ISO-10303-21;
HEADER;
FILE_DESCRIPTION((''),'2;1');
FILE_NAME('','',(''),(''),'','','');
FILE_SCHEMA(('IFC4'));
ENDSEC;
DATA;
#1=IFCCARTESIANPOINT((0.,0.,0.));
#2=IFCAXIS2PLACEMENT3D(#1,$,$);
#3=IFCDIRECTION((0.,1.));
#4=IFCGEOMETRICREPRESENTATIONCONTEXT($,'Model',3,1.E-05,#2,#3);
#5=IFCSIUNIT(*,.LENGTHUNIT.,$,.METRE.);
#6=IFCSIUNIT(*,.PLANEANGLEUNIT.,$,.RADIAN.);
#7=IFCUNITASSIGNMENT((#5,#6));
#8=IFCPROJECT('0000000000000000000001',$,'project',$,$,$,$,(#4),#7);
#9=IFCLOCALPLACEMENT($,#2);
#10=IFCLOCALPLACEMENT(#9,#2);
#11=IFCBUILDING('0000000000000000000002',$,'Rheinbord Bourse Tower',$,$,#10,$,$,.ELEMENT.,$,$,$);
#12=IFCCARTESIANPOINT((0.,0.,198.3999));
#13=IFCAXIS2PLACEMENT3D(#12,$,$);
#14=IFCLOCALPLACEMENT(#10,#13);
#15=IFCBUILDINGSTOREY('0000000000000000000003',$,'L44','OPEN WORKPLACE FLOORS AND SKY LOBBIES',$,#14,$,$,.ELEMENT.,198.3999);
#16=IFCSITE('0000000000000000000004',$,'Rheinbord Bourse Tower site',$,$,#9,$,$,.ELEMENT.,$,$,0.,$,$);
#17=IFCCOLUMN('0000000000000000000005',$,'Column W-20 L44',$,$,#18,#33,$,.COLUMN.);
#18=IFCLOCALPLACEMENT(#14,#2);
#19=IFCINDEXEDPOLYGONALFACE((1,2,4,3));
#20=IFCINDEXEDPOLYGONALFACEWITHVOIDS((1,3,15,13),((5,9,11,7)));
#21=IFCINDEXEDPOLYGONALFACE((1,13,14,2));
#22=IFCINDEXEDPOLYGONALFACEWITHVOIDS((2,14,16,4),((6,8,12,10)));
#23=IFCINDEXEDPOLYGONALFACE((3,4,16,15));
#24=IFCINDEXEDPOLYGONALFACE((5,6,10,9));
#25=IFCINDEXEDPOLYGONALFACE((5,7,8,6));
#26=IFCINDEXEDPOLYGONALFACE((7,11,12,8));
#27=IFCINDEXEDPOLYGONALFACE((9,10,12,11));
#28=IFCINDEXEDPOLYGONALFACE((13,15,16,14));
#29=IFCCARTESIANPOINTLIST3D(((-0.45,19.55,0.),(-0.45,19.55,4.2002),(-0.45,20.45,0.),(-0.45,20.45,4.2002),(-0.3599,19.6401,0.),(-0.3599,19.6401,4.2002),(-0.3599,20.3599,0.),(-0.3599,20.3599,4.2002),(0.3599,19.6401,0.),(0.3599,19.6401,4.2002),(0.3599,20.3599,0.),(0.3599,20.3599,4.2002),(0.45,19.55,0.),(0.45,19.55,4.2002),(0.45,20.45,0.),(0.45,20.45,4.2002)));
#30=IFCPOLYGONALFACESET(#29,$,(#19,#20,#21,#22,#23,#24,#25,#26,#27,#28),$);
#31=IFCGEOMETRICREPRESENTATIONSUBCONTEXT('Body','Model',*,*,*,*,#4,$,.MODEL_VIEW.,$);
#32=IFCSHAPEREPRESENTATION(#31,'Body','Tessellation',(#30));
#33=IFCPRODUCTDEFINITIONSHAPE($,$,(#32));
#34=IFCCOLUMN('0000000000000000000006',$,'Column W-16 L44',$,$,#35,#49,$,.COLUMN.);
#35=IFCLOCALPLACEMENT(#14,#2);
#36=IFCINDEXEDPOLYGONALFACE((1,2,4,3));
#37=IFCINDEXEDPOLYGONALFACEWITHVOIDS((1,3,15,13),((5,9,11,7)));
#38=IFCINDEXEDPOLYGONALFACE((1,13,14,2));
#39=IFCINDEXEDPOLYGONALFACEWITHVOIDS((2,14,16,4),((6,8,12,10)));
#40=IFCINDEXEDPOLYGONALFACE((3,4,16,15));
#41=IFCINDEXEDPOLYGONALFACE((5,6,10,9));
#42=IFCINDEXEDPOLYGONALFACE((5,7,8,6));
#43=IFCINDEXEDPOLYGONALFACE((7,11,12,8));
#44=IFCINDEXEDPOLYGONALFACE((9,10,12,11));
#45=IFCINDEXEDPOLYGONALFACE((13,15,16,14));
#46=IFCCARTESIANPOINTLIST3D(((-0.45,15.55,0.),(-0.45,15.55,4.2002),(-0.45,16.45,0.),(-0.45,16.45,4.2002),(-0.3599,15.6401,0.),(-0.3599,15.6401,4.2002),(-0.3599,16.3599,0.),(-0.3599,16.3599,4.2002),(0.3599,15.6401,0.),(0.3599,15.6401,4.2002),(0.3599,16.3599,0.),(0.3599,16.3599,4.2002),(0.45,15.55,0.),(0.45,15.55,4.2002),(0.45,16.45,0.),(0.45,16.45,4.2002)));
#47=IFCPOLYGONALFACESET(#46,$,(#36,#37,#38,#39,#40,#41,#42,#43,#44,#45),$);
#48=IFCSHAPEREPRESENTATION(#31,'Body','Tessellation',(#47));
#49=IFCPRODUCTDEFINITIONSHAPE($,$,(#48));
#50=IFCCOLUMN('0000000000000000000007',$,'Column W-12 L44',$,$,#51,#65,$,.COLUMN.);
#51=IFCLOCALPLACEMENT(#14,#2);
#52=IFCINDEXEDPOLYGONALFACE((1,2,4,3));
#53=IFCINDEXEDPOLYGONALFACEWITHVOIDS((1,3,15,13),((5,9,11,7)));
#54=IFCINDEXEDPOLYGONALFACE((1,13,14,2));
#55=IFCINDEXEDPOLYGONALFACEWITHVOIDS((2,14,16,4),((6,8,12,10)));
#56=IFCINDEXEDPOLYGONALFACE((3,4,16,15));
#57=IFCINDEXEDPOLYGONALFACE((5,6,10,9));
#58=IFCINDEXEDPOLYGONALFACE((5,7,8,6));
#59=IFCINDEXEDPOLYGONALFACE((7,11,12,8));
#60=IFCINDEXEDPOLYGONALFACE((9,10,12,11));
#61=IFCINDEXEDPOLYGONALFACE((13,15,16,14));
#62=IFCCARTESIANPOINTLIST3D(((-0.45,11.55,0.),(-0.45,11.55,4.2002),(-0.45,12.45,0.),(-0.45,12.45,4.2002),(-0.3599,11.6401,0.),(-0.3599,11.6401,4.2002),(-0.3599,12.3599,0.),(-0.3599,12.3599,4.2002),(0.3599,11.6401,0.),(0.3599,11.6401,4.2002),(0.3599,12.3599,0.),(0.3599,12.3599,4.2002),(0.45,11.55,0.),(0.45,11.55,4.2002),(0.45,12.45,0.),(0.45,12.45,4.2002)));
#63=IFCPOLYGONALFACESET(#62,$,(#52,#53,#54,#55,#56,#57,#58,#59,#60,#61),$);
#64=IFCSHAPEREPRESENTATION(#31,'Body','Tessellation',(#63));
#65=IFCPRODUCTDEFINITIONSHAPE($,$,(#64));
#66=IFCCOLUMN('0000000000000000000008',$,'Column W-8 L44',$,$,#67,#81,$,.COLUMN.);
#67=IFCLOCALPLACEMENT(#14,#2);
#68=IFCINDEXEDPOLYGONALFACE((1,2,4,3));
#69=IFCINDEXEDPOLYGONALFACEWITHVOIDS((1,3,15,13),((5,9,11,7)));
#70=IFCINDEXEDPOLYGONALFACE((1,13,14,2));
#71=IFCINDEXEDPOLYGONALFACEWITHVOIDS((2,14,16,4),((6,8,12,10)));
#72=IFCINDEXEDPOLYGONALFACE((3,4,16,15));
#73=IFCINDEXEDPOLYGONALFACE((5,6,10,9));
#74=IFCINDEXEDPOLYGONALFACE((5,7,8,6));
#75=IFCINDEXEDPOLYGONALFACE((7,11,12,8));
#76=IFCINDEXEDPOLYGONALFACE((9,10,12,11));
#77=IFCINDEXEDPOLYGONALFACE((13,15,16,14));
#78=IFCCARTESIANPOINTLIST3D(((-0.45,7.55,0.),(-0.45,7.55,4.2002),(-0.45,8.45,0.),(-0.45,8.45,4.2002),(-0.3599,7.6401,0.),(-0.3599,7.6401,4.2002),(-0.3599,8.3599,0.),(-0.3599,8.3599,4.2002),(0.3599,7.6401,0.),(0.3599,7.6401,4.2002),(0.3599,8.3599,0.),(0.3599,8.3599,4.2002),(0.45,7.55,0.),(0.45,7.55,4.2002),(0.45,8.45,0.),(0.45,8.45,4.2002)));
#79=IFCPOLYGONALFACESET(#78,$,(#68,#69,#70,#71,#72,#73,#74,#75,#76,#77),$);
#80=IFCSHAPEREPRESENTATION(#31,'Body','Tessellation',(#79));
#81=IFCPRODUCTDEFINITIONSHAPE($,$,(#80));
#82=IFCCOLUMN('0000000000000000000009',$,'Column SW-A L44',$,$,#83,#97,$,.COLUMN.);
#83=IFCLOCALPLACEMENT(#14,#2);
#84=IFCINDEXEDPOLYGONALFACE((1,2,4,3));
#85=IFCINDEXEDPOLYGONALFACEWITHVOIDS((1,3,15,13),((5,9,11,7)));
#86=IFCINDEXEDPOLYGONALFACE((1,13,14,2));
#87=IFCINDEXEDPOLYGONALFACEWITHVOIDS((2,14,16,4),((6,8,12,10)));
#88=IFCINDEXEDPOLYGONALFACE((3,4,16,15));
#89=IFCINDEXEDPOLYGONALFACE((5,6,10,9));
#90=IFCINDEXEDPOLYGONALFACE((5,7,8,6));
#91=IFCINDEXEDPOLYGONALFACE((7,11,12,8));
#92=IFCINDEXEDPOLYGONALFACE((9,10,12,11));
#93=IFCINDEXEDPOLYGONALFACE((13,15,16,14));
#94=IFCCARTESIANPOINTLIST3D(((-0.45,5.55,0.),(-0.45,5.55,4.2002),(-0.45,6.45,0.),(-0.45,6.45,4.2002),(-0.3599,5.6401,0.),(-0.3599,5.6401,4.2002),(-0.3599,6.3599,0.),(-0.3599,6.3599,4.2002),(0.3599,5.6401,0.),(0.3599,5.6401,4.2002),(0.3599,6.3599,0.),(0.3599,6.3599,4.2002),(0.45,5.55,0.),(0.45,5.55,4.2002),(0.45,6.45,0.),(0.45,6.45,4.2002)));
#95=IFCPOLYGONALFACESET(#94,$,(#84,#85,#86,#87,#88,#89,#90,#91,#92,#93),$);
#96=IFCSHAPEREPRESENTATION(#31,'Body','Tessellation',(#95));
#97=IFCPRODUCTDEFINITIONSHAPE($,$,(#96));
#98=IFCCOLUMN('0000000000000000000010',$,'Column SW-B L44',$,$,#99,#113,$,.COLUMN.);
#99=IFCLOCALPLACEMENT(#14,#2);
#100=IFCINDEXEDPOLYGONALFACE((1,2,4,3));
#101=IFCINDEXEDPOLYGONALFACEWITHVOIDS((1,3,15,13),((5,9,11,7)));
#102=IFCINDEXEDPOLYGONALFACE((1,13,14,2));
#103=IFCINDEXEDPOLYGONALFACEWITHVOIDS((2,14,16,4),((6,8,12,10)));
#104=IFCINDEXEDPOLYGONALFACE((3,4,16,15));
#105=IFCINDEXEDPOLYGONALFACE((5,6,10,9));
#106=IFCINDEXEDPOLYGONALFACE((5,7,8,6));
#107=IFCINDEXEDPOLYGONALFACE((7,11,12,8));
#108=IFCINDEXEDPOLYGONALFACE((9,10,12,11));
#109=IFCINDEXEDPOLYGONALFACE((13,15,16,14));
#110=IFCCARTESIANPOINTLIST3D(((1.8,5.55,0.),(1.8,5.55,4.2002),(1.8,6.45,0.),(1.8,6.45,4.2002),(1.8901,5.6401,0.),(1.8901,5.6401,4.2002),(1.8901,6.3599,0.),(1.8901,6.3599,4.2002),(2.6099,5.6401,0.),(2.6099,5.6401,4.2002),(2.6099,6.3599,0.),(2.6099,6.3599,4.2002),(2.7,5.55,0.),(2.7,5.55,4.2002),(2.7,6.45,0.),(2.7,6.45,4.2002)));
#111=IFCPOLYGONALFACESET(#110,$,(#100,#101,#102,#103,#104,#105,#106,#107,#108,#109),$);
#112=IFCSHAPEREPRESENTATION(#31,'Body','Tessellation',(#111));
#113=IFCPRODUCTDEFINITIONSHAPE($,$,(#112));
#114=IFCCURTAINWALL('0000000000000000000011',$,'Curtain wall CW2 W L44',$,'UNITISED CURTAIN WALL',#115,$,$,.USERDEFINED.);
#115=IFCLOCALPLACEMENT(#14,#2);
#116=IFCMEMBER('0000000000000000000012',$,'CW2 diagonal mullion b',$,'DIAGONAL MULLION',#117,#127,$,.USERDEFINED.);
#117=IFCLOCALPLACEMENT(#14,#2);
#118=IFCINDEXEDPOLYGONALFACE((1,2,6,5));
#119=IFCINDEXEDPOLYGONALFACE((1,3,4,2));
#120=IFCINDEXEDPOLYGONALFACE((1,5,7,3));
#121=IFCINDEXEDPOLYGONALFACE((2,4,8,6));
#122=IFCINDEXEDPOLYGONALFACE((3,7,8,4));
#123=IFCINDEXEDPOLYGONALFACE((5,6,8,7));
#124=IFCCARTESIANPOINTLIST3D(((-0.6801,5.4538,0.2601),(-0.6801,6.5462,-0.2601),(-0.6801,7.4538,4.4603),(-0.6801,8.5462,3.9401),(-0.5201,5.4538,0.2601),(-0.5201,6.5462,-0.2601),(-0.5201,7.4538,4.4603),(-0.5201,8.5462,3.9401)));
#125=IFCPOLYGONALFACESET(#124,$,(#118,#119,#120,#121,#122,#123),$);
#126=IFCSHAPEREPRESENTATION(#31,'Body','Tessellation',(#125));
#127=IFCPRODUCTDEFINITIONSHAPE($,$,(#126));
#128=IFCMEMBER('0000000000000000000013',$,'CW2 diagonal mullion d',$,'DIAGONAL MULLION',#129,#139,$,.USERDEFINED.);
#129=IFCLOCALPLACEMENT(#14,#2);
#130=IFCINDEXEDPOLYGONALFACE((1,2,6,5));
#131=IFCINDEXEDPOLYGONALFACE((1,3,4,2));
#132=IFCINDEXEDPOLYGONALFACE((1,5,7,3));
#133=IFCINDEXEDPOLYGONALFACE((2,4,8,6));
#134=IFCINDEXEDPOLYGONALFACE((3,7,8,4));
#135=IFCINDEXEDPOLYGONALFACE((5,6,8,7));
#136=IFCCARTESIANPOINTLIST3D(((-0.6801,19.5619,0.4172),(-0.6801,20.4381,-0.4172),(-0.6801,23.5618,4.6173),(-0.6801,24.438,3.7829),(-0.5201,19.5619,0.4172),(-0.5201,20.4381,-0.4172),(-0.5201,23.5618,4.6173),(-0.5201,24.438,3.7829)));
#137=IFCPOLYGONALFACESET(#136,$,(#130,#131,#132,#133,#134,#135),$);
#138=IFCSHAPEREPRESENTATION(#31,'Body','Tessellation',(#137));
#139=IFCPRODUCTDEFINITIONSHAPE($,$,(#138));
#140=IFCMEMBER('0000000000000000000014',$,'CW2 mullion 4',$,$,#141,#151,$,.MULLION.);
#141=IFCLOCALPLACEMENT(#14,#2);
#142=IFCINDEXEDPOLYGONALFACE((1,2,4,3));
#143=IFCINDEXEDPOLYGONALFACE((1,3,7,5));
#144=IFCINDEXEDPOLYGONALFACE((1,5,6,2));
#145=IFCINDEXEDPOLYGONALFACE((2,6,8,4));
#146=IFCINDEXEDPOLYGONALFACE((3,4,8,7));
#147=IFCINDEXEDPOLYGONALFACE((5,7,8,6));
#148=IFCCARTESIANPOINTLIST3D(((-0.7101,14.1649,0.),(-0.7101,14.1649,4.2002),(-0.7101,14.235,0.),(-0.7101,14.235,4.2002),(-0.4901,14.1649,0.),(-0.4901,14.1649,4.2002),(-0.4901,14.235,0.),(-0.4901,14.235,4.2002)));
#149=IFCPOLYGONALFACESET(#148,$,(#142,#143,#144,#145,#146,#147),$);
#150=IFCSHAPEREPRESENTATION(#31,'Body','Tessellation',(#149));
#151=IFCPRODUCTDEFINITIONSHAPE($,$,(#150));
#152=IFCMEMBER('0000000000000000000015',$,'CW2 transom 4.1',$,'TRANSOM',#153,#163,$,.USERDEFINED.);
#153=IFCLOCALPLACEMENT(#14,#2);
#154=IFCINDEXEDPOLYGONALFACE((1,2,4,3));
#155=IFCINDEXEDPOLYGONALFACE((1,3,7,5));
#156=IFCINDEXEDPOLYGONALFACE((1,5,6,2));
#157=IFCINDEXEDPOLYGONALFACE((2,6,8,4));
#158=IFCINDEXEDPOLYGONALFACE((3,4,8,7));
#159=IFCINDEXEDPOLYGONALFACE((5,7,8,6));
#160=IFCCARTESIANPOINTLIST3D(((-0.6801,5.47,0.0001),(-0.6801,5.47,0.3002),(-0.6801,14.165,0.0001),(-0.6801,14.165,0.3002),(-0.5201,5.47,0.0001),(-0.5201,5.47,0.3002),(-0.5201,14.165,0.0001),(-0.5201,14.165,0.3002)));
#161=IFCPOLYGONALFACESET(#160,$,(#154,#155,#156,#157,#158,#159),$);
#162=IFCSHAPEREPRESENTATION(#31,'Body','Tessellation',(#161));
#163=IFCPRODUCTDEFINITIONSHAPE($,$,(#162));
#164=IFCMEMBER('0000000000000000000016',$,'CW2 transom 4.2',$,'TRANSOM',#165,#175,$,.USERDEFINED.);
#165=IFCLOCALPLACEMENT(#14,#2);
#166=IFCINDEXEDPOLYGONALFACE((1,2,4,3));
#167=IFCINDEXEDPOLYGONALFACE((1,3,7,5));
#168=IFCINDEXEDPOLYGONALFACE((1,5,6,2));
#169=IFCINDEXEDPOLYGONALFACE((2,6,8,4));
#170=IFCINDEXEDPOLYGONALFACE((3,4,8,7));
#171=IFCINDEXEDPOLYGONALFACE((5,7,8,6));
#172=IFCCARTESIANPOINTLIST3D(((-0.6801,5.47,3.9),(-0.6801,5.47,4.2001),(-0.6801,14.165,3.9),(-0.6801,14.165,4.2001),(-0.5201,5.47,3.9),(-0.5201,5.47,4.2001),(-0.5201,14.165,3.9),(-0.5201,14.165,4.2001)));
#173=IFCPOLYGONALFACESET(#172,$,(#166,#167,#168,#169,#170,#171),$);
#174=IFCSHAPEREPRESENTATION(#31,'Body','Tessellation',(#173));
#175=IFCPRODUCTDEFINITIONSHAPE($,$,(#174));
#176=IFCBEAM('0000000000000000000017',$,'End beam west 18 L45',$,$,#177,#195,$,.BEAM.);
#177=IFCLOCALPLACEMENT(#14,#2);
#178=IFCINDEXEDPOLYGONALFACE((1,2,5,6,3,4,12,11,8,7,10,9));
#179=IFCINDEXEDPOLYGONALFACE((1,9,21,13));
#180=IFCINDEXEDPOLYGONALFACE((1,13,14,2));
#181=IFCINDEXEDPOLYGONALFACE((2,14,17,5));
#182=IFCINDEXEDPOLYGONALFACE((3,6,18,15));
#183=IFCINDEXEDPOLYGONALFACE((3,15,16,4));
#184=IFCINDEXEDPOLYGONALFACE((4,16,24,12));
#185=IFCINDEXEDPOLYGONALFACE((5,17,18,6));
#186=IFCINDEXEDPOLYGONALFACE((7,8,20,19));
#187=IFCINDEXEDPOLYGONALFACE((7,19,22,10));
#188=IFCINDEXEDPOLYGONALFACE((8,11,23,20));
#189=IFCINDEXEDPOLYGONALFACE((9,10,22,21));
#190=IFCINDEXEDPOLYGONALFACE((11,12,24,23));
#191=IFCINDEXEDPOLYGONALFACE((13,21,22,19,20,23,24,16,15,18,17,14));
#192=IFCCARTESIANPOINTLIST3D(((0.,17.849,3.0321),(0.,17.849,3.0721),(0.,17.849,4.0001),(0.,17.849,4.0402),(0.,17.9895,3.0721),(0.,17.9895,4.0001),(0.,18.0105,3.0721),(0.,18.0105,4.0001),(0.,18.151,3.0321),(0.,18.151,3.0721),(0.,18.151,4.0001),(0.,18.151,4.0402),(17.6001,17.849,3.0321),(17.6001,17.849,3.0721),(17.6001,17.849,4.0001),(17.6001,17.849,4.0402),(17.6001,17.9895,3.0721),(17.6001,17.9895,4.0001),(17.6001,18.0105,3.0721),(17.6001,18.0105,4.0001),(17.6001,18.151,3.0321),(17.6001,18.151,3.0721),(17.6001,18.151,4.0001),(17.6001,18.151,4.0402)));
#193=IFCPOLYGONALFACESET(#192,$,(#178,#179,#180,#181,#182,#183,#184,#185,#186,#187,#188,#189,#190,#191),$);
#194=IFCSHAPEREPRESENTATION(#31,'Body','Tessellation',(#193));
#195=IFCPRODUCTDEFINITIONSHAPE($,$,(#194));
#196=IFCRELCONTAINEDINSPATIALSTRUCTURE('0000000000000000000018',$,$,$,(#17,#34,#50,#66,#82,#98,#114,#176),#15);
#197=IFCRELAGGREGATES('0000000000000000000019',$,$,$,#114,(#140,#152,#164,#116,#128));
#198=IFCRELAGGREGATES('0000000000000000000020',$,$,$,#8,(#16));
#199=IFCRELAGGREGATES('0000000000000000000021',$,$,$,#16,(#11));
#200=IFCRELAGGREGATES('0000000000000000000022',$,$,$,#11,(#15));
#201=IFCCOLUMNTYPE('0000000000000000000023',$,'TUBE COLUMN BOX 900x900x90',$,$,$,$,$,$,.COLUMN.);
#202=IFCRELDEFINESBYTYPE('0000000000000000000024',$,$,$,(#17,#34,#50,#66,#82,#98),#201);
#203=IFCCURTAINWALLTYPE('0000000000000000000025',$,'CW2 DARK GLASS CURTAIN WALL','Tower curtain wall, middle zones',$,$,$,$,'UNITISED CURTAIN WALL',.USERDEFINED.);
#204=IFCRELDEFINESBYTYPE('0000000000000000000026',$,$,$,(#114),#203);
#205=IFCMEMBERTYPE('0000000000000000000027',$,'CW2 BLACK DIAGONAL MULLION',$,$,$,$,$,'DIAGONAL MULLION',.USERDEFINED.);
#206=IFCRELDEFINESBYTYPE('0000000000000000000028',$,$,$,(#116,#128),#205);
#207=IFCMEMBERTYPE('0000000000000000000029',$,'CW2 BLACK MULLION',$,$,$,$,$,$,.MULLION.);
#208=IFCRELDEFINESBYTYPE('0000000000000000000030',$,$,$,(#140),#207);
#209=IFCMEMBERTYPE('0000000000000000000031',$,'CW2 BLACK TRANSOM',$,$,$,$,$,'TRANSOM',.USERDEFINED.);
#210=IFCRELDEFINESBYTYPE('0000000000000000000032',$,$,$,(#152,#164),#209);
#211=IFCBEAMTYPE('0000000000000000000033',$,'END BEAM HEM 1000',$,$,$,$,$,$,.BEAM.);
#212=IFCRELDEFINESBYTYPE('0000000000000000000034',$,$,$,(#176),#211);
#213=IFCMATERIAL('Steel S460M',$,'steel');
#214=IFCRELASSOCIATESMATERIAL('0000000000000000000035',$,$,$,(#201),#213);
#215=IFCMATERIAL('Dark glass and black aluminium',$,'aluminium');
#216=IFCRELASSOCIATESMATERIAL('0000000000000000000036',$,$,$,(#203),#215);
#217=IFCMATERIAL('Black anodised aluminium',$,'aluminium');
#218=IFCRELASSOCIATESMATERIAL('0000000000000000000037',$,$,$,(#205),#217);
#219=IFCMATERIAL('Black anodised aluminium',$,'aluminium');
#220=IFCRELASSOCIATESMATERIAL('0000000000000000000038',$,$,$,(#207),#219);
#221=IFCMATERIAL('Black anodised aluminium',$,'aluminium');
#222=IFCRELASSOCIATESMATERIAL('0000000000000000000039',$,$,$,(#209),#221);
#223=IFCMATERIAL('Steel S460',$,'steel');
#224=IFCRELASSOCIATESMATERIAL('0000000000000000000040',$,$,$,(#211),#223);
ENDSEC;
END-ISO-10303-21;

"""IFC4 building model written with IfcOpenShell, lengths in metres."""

from ifc_helpers import new_model, si_unit, direction, frame, origin, origin_2d, place, context, subcontext, project, spatial, rectangle, hollow_rectangle, i_section, extrude, material, material_profile, profile_set, type_object, element, aggregate, save


model = new_model("IFC4")

# Units and contexts
model_context = context("Model", 3, precision=1e-05, world=origin(), true_north=direction((0.0, 1.0)))
body_context = subcontext(model_context, "Body", "Model", "MODEL_VIEW")
ifc_project = project(units=[si_unit("LENGTHUNIT", "METRE"), si_unit("PLANEANGLEUNIT", "RADIAN")], contexts=[model_context])

# Site, building, storey
site_placement = place(None, origin())
site = spatial("IfcSite", under=ifc_project, at=site_placement, Name="Rheinbord Bourse Tower site", CompositionType="ELEMENT", RefElevation=0.0)
building_placement = place(site_placement, origin())
building = spatial("IfcBuilding", under=site, at=building_placement, Name="Rheinbord Bourse Tower", CompositionType="ELEMENT")
storey_placement = place(building_placement, frame((0.0, 0.0, 198.3999)))
storey = spatial("IfcBuildingStorey", under=building, at=storey_placement, Name="L44", Description="OPEN WORKPLACE FLOORS AND SKY LOBBIES", CompositionType="ELEMENT", Elevation=198.3999)

# Columns
ifc_material_1 = material(Name="Steel S460M", Category="steel")
ifc_material_profile_1 = material_profile(ifc_material_1, hollow_rectangle(XDim=0.8999, YDim=0.8999, WallThickness=0.0901, at=origin_2d()), Name="BOX 900x900x90")
ifc_profile_set_1 = profile_set([ifc_material_profile_1], Name="Steel S460M")
column_type = type_object("IfcColumnType", Name="TUBE COLUMN BOX 900x900x90", PredefinedType="COLUMN", material=ifc_profile_set_1)
for number, where, z_axis, x_axis, name in (
    (1, (0.0, 20.0, 0.0), (0.0, 0.0, 1.0), (1.0, 0.0, 0.0), "Column W-20 L44"),
    (2, (0.0, 16.0, 0.0), (0.0, 0.0, 1.0), (1.0, 0.0, 0.0), "Column W-16 L44"),
    (3, (0.0, 12.0, 0.0), (0.0, 0.0, 1.0), (1.0, 0.0, 0.0), "Column W-12 L44"),
    (4, (0.0, 8.0, 0.0), (0.0, 0.0, 1.0), (1.0, 0.0, 0.0), "Column W-8 L44"),
    (5, (0.0, 6.0, 0.0), (0.0, 0.0, 1.0), (1.0, 0.0, 0.0), "Column SW-A L44"),
    (6, (2.25, 6.0, 0.0), (0.0, 0.0, 1.0), (1.0, 0.0, 0.0), "Column SW-B L44"),
):
    element("IfcColumn", number, at=place(storey_placement, frame(where, z_axis=z_axis, x_axis=x_axis)), inside=storey, type_object=column_type, Name=name, PredefinedType="COLUMN", context=body_context, shape_type="SweptSolid", body=[
        extrude(hollow_rectangle(XDim=0.8999, YDim=0.8999, WallThickness=0.0901, at=origin_2d()), origin(), (0.0, 0.0, 1.0), 4.2002),
    ])

# Curtain wall, members
ifc_material_2 = material(Name="Dark glass and black aluminium", Category="aluminium")
curtain_wall_type = type_object("IfcCurtainWallType", Name="CW2 DARK GLASS CURTAIN WALL", Description="Tower curtain wall, middle zones", ElementType="UNITISED CURTAIN WALL", PredefinedType="USERDEFINED", material=ifc_material_2)
curtain_wall_placement = place(storey_placement, origin())
curtain_wall = element("IfcCurtainWall", 7, at=curtain_wall_placement, inside=storey, type_object=curtain_wall_type, Name="Curtain wall CW2 W L44", ObjectType="UNITISED CURTAIN WALL", PredefinedType="USERDEFINED")
ifc_material_3 = material(Name="Black anodised aluminium", Category="aluminium")
ifc_material_profile_2 = material_profile(ifc_material_3, rectangle(XDim=0.1599, YDim=1.21, at=origin_2d()), Name="CW2 DIAGONAL MULLION 1210x160")
ifc_profile_set_2 = profile_set([ifc_material_profile_2], Name="Black anodised aluminium")
member_type_1 = type_object("IfcMemberType", Name="CW2 BLACK DIAGONAL MULLION", ElementType="DIAGONAL MULLION", PredefinedType="USERDEFINED", material=ifc_profile_set_2)
member_1_placement = place(storey_placement, frame((-0.6001, 6.0, 0.0), z_axis=(0.0, 0.429917, 0.902868), x_axis=(-1.0, 0.0, 0.0)))
member_1 = element("IfcMember", 8, at=member_1_placement, type_object=member_type_1, Name="CW2 diagonal mullion b", ObjectType="DIAGONAL MULLION", PredefinedType="USERDEFINED", context=body_context, shape_type="SweptSolid", body=[
    extrude(rectangle(XDim=0.1599, YDim=1.21, at=origin_2d()), origin(), (0.0, 0.0, 1.0), 4.6521),
])
member_2_placement = place(storey_placement, frame((-0.6001, 20.0, 0.0), z_axis=(0.0, 0.689638, 0.724154), x_axis=(-1.0, 0.0, 0.0)))
member_2 = element("IfcMember", 9, at=member_2_placement, type_object=member_type_1, Name="CW2 diagonal mullion d", ObjectType="DIAGONAL MULLION", PredefinedType="USERDEFINED", context=body_context, shape_type="SweptSolid", body=[
    extrude(rectangle(XDim=0.1599, YDim=1.21, at=origin_2d()), origin(), (0.0, 0.0, 1.0), 5.8),
])
ifc_material_4 = material(Name="Black anodised aluminium", Category="aluminium")
ifc_material_profile_3 = material_profile(ifc_material_4, rectangle(XDim=0.22, YDim=0.0701, at=origin_2d()), Name="CW2 MULLION 70x220")
ifc_profile_set_3 = profile_set([ifc_material_profile_3], Name="Black anodised aluminium")
member_type_2 = type_object("IfcMemberType", Name="CW2 BLACK MULLION", PredefinedType="MULLION", material=ifc_profile_set_3)
member_3_placement = place(storey_placement, frame((-0.6001, 14.2, 0.0), z_axis=(0.0, 0.0, 1.0), x_axis=(1.0, 0.0, 0.0)))
member_3 = element("IfcMember", 10, at=member_3_placement, type_object=member_type_2, Name="CW2 mullion 4", PredefinedType="MULLION", context=body_context, shape_type="SweptSolid", body=[
    extrude(rectangle(XDim=0.22, YDim=0.0701, at=origin_2d()), origin(), (0.0, 0.0, 1.0), 4.2002),
])
ifc_material_5 = material(Name="Black anodised aluminium", Category="aluminium")
ifc_material_profile_4 = material_profile(ifc_material_5, rectangle(XDim=0.1599, YDim=0.3, at=origin_2d()), Name="CW2 TRANSOM 300x160")
ifc_profile_set_4 = profile_set([ifc_material_profile_4], Name="Black anodised aluminium")
member_type_3 = type_object("IfcMemberType", Name="CW2 BLACK TRANSOM", ElementType="TRANSOM", PredefinedType="USERDEFINED", material=ifc_profile_set_4)
member_4_placement = place(storey_placement, frame((-0.6001, 14.165, 0.1501), z_axis=(0.0, -1.0, 0.0), x_axis=(1.0, 0.0, 0.0)))
member_4 = element("IfcMember", 11, at=member_4_placement, type_object=member_type_3, Name="CW2 transom 4.1", ObjectType="TRANSOM", PredefinedType="USERDEFINED", context=body_context, shape_type="SweptSolid", body=[
    extrude(rectangle(XDim=0.1599, YDim=0.3, at=origin_2d()), origin(), (0.0, 0.0, 1.0), 8.6951),
])
member_5_placement = place(storey_placement, frame((-0.6001, 14.165, 4.05), z_axis=(0.0, -1.0, 0.0), x_axis=(1.0, 0.0, 0.0)))
member_5 = element("IfcMember", 12, at=member_5_placement, type_object=member_type_3, Name="CW2 transom 4.2", ObjectType="TRANSOM", PredefinedType="USERDEFINED", context=body_context, shape_type="SweptSolid", body=[
    extrude(rectangle(XDim=0.1599, YDim=0.3, at=origin_2d()), origin(), (0.0, 0.0, 1.0), 8.6951),
])

# Beam
ifc_material_6 = material(Name="Steel S460", Category="steel")
ifc_material_profile_5 = material_profile(ifc_material_6, i_section(OverallWidth=0.302, OverallDepth=1.0081, WebThickness=0.021, FlangeThickness=0.04, at=origin_2d()), Name="HEM 1000")
ifc_profile_set_5 = profile_set([ifc_material_profile_5], Name="Steel S460")
beam_type_1 = type_object("IfcBeamType", Name="END BEAM HEM 1000", PredefinedType="BEAM", material=ifc_profile_set_5)
for number, where, z_axis, x_axis, name in (
    (13, (0.0, 18.0, 3.5361), (1.0, 0.0, 0.0), (0.0, 1.0, 0.0), "End beam west 18 L45"),
):
    element("IfcBeam", number, at=place(storey_placement, frame(where, z_axis=z_axis, x_axis=x_axis)), inside=storey, type_object=beam_type_1, Name=name, PredefinedType="BEAM", context=body_context, shape_type="SweptSolid", body=[
        extrude(i_section(OverallWidth=0.302, OverallDepth=1.0081, WebThickness=0.021, FlangeThickness=0.04, at=origin_2d()), origin(), (0.0, 0.0, 1.0), 17.6001),
    ])

aggregate(curtain_wall, [member_3, member_4, member_5, member_1, member_2])

save(model, "model.ifc")
